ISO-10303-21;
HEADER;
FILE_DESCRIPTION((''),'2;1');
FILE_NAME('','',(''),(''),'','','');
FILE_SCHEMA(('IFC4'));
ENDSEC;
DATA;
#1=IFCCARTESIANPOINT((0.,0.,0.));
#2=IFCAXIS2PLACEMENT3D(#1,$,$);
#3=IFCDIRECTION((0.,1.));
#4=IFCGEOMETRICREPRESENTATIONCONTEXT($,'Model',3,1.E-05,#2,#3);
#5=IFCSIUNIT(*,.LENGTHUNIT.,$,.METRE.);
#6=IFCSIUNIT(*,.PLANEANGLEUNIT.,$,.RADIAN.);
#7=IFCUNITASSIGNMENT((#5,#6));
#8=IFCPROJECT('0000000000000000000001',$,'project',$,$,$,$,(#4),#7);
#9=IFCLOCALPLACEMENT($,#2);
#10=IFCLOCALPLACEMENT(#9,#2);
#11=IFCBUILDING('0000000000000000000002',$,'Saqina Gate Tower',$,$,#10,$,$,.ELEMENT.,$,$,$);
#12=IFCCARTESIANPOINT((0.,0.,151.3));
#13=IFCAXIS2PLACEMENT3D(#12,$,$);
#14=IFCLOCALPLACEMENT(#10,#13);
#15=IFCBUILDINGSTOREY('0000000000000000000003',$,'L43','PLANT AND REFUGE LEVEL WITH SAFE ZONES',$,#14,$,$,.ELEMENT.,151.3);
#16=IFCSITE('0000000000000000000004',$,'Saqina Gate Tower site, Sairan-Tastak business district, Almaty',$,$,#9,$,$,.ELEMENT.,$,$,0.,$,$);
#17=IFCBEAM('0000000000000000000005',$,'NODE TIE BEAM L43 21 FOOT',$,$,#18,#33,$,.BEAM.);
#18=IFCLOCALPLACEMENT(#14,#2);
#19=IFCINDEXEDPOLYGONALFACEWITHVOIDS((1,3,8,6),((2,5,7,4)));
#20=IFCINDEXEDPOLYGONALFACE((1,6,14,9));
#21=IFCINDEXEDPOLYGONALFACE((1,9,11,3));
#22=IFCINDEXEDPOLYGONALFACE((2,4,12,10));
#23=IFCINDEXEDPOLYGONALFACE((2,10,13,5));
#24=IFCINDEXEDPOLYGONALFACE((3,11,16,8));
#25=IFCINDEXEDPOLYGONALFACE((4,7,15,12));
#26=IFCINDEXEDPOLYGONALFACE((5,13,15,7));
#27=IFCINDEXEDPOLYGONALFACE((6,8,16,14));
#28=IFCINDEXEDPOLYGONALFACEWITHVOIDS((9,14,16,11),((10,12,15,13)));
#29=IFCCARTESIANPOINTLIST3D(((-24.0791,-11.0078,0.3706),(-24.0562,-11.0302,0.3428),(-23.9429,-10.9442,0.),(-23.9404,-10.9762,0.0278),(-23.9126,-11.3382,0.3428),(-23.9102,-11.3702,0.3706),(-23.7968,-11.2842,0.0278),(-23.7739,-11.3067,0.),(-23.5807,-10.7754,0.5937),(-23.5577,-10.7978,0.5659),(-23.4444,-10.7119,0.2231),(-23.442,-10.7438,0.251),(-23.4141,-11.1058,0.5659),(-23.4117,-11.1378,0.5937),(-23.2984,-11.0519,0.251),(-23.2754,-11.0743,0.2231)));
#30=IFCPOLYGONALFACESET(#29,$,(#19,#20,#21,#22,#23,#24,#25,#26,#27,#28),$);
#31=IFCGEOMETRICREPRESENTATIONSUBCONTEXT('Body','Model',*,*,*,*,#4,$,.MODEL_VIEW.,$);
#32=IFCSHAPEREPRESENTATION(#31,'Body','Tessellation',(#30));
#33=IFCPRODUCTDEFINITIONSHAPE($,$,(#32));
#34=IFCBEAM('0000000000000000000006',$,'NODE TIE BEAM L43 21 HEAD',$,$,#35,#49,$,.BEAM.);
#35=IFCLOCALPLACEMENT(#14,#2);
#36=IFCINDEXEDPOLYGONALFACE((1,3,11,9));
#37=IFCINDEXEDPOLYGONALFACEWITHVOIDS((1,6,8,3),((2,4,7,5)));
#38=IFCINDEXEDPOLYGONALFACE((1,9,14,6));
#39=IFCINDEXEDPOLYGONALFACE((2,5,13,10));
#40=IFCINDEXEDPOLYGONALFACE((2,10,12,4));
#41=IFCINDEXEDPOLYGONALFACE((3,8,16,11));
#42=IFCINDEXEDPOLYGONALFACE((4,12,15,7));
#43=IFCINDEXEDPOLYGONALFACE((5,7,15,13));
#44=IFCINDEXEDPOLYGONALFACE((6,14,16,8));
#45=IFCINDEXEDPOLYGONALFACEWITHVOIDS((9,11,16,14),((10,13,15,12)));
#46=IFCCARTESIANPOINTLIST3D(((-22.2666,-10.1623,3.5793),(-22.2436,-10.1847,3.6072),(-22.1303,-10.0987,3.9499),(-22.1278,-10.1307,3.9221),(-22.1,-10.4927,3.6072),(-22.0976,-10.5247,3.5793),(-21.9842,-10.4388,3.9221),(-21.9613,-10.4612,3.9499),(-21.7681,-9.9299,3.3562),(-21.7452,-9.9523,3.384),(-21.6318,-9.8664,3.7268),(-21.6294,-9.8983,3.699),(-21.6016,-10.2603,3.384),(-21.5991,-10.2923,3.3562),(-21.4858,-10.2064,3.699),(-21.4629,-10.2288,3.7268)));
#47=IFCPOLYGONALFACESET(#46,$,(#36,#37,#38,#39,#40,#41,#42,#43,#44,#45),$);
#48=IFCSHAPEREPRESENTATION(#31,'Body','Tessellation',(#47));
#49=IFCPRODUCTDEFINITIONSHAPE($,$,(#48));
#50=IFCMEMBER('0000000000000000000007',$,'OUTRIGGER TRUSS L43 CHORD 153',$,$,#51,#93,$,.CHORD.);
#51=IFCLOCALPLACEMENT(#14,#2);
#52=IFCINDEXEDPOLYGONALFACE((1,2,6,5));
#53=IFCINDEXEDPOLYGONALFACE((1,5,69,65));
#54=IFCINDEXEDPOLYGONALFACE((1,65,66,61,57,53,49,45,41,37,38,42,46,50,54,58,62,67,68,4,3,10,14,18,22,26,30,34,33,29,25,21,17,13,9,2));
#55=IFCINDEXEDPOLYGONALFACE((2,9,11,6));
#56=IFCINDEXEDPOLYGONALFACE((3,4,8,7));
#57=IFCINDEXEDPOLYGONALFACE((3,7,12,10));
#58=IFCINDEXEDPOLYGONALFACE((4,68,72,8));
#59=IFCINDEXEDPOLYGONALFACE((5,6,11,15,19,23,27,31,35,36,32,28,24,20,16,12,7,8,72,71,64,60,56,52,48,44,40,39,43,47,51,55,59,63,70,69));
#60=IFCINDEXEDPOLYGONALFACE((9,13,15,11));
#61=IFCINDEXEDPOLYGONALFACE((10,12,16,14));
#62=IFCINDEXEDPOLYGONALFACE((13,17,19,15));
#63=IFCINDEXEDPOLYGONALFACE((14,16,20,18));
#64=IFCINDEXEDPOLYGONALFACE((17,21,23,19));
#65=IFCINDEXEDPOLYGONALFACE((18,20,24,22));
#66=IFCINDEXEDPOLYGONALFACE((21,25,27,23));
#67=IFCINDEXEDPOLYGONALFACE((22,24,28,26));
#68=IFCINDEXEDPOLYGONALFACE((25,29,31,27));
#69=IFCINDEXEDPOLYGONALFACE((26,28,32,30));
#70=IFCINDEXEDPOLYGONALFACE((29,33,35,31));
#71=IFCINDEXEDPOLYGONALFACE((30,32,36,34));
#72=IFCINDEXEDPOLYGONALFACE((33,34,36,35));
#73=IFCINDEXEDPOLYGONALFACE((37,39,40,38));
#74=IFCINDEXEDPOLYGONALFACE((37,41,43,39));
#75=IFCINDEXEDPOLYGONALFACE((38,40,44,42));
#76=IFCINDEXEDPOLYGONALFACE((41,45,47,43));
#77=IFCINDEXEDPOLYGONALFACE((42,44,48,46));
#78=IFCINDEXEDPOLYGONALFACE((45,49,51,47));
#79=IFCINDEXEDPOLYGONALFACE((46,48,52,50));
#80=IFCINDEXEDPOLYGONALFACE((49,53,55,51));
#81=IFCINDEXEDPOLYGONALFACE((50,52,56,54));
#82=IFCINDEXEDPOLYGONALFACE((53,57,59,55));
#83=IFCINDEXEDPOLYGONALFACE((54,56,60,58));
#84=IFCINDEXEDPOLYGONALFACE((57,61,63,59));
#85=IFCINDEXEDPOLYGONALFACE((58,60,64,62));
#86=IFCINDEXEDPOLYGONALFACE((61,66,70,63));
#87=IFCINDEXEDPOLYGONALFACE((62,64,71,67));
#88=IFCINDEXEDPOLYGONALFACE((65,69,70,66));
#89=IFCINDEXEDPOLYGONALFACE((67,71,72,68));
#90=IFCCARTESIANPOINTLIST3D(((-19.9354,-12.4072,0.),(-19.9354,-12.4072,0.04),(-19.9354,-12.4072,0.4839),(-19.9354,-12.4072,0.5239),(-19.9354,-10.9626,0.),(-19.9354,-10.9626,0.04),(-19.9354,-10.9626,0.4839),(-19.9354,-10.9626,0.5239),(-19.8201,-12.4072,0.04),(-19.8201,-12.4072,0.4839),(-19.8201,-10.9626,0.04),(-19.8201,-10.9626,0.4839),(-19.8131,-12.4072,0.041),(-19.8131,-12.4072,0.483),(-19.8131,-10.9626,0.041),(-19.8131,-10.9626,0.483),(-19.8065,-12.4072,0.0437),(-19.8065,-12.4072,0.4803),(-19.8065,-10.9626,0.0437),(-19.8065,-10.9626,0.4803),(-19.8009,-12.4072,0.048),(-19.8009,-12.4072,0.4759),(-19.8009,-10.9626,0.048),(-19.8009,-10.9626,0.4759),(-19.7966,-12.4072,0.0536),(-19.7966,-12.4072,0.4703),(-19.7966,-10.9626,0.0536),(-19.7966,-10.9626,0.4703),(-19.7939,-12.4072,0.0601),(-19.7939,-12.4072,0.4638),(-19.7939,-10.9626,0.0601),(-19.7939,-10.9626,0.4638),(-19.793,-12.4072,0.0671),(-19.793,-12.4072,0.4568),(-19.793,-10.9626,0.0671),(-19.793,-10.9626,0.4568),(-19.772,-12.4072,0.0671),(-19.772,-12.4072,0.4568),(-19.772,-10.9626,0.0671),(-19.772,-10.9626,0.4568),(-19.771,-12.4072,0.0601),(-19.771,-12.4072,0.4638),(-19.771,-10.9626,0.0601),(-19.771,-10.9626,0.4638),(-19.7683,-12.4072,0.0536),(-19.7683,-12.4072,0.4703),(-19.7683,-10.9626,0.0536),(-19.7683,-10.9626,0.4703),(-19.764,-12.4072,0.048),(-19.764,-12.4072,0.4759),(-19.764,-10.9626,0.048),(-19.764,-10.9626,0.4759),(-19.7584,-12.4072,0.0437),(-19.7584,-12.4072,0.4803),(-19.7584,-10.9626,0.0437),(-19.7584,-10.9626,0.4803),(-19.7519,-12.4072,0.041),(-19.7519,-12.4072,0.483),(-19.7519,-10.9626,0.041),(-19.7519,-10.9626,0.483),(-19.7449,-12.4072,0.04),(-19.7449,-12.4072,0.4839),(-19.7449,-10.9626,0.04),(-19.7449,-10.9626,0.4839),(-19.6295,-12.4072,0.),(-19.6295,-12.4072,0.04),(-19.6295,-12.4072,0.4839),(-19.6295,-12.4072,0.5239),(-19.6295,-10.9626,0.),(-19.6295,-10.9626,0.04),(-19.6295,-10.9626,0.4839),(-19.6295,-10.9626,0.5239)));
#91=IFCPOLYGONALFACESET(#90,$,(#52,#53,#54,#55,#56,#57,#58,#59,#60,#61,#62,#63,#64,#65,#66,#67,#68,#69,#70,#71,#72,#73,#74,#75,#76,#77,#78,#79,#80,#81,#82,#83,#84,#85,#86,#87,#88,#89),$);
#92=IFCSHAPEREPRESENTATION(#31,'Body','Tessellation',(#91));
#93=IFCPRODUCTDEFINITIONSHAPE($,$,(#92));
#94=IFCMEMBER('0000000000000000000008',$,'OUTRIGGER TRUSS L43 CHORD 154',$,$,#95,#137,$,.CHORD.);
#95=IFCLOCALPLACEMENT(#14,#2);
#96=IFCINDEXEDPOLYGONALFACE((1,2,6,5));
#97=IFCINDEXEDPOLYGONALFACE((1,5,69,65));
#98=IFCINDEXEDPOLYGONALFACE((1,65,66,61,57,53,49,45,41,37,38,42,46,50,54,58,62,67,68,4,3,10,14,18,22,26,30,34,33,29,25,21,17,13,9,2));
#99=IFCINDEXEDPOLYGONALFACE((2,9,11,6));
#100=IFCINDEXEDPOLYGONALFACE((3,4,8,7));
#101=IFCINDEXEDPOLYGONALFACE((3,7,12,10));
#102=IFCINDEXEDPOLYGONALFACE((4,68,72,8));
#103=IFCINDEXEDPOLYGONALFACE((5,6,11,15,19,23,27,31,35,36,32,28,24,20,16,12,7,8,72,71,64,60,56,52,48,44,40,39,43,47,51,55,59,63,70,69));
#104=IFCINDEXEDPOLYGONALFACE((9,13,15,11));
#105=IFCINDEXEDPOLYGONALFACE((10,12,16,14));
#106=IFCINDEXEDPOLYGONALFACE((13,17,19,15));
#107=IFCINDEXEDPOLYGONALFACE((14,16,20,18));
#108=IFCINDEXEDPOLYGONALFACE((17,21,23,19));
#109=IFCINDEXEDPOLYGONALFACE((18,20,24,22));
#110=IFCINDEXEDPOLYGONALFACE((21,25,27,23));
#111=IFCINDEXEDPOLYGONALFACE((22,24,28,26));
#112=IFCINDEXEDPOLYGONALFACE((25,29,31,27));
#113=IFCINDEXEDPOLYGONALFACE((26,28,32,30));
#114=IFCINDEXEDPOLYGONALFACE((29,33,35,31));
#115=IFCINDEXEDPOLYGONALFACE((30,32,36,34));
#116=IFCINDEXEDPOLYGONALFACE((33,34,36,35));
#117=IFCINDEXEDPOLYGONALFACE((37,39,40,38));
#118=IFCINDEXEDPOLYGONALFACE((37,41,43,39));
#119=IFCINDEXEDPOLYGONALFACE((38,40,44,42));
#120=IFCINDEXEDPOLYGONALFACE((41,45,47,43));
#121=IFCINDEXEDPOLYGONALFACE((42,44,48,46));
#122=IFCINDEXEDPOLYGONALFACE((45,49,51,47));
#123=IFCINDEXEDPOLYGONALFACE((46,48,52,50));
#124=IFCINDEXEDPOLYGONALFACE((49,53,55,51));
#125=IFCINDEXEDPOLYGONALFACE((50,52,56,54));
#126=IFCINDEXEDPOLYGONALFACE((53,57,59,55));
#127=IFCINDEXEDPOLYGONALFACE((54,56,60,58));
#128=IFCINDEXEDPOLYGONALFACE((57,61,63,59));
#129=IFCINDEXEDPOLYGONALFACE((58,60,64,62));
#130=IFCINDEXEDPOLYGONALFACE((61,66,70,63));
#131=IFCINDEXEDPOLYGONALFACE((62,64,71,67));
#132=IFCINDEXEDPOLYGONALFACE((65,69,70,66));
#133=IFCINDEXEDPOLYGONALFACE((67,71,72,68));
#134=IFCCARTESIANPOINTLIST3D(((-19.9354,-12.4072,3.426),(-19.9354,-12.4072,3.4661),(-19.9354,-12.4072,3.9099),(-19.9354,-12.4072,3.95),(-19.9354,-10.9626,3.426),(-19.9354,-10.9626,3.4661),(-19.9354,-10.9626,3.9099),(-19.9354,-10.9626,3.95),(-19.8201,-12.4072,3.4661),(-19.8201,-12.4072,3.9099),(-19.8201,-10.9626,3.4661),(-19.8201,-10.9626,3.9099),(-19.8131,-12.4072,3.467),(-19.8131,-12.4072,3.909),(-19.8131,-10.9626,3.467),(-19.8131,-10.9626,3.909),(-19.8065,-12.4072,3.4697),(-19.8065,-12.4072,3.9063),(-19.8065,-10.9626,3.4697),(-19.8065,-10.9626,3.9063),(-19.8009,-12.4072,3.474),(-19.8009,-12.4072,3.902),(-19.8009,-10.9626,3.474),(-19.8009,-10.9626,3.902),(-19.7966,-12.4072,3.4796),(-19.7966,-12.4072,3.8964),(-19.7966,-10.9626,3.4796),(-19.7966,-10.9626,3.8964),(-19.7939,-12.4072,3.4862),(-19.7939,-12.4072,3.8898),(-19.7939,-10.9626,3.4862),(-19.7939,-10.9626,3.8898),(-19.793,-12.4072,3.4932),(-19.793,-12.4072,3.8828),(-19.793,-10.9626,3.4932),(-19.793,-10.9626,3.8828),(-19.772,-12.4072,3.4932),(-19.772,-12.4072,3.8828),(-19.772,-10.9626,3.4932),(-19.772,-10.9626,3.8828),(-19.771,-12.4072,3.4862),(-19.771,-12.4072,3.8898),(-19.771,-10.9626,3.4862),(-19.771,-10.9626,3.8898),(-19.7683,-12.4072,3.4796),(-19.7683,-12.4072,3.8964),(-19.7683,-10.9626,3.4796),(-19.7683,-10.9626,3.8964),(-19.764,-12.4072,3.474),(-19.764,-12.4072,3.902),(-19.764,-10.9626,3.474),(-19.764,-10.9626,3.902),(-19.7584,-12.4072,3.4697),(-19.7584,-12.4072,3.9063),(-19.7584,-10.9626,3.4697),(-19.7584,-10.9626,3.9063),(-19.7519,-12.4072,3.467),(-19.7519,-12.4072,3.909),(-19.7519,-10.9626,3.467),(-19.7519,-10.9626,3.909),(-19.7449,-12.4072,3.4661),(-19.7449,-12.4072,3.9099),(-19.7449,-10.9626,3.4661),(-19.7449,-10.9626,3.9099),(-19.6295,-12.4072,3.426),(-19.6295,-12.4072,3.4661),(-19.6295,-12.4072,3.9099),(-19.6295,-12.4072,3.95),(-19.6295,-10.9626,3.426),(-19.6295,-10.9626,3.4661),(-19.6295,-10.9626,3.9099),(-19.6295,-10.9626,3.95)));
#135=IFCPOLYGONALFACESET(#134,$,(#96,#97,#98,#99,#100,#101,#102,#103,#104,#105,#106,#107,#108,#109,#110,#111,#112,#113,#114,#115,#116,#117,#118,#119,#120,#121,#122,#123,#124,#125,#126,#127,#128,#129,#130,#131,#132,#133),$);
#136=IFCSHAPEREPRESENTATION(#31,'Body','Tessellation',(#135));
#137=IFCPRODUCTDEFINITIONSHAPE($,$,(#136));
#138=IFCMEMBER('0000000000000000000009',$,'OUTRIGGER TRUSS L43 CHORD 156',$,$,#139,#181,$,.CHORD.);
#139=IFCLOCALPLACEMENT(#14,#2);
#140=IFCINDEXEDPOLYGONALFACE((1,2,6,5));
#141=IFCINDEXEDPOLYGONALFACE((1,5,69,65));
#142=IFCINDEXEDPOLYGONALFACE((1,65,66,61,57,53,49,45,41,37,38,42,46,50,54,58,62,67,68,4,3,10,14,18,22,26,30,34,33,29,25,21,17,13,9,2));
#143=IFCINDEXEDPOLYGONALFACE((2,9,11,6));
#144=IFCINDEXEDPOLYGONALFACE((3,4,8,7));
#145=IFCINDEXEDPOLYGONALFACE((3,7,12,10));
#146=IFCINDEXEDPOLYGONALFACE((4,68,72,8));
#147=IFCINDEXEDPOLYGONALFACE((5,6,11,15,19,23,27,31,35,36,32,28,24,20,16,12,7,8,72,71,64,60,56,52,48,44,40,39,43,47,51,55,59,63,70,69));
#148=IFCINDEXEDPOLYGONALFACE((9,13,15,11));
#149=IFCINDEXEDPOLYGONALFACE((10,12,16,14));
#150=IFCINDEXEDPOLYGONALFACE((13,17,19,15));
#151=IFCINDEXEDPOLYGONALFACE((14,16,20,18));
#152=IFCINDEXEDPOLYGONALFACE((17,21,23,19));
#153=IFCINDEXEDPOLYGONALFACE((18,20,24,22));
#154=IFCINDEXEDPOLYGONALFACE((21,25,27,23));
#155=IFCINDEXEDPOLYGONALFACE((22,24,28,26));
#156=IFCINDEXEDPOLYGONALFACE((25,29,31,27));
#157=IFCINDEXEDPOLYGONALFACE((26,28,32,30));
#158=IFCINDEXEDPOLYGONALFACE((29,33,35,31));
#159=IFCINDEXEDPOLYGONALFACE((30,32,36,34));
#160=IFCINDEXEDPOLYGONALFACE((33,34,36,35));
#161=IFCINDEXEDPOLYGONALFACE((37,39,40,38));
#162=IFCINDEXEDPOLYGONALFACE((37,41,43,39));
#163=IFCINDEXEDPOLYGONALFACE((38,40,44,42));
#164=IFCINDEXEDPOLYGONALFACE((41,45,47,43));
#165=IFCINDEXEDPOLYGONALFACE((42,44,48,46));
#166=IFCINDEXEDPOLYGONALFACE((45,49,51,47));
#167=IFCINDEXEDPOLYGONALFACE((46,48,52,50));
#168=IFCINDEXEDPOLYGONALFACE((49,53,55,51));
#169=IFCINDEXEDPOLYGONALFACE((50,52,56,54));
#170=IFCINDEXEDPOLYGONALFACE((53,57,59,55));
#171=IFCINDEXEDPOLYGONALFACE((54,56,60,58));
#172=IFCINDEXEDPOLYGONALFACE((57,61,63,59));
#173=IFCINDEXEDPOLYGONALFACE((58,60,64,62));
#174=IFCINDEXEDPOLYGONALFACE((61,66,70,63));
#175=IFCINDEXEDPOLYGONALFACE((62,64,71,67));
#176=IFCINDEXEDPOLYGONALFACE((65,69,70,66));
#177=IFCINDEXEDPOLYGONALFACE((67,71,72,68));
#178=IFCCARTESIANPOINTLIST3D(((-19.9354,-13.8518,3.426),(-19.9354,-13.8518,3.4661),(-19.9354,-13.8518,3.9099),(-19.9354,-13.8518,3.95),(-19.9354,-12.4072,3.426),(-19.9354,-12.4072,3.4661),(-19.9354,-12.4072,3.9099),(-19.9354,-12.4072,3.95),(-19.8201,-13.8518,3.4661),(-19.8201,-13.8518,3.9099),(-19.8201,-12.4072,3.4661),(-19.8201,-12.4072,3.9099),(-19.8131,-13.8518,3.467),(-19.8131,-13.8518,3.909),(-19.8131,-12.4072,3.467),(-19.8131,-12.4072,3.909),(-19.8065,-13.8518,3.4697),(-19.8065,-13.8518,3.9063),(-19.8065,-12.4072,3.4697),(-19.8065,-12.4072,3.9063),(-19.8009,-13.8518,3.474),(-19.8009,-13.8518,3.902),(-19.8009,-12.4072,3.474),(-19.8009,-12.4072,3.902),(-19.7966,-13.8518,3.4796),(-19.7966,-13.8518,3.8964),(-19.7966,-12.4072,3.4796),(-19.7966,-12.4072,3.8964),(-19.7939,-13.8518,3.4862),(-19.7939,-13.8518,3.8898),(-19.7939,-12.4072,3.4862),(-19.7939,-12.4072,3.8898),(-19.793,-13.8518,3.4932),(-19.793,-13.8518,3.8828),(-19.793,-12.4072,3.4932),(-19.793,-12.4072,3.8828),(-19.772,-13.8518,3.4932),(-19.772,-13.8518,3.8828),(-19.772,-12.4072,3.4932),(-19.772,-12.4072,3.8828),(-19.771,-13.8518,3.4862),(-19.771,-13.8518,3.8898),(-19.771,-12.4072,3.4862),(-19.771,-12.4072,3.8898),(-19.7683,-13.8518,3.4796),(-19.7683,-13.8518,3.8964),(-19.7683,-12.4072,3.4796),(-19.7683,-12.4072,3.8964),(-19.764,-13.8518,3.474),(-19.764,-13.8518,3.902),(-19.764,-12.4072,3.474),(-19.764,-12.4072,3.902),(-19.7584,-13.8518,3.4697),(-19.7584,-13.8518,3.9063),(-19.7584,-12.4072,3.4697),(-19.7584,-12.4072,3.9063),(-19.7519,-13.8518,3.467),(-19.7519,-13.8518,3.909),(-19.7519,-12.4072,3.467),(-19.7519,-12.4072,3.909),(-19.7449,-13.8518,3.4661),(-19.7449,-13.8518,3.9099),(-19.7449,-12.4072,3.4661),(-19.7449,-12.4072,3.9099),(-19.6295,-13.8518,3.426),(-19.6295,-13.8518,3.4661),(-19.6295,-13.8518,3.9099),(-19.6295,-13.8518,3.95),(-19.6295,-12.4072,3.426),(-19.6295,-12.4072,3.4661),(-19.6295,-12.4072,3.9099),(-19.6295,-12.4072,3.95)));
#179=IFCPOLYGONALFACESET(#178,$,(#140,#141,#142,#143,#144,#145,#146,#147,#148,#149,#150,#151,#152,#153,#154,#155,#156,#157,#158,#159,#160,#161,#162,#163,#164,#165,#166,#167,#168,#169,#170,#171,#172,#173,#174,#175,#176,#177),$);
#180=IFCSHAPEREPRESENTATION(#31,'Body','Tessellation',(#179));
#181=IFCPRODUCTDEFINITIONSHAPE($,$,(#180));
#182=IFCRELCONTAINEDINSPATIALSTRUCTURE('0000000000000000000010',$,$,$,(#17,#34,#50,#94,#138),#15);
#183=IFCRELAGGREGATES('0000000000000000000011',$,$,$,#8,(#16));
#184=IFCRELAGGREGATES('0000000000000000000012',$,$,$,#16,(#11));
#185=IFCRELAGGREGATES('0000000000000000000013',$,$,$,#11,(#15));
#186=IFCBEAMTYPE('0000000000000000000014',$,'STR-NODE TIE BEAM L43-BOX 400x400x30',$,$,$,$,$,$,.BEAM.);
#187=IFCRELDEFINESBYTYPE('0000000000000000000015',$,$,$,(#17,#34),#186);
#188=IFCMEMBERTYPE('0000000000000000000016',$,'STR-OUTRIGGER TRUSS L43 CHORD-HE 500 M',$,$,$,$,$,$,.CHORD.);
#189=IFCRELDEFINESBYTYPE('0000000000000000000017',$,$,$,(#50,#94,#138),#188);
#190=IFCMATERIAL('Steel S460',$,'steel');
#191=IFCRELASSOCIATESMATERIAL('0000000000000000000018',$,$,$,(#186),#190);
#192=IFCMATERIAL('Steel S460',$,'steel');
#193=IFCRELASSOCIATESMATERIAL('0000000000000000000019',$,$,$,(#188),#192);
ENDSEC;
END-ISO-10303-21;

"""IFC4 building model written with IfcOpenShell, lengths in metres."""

from ifc_helpers import new_model, si_unit, direction, frame, origin, origin_2d, place, context, subcontext, project, spatial, hollow_rectangle, i_section, extrude, material, material_profile, profile_set, type_object, element, save


model = new_model("IFC4")

# Units and contexts
model_context = context("Model", 3, precision=1e-05, world=origin(), true_north=direction((0.0, 1.0)))
body_context = subcontext(model_context, "Body", "Model", "MODEL_VIEW")
ifc_project = project(units=[si_unit("LENGTHUNIT", "METRE"), si_unit("PLANEANGLEUNIT", "RADIAN")], contexts=[model_context])

# Site, building, storey
site_placement = place(None, origin())
site = spatial("IfcSite", under=ifc_project, at=site_placement, Name="Saqina Gate Tower site, Sairan-Tastak business district, Almaty", CompositionType="ELEMENT", RefElevation=0.0)
building_placement = place(site_placement, origin())
building = spatial("IfcBuilding", under=site, at=building_placement, Name="Saqina Gate Tower", CompositionType="ELEMENT")
storey_placement = place(building_placement, frame((0.0, 0.0, 151.3)))
storey = spatial("IfcBuildingStorey", under=building, at=storey_placement, Name="L43", Description="PLANT AND REFUGE LEVEL WITH SAFE ZONES", CompositionType="ELEMENT", Elevation=151.3)

# Beams
ifc_material_1 = material(Name="Steel S460", Category="steel")
ifc_material_profile_1 = material_profile(ifc_material_1, hollow_rectangle(XDim=0.3999, YDim=0.3999, WallThickness=0.03, at=origin_2d()), Name="BOX 400x400x30")
ifc_profile_set_1 = profile_set([ifc_material_profile_1], Name="Steel S460")
beam_type = type_object("IfcBeamType", Name="STR-NODE TIE BEAM L43-BOX 400x400x30", PredefinedType="BEAM", material=ifc_profile_set_1)
for number, where, z_axis, x_axis, name in (
    (1, (-23.9265, -11.1572, 0.1853), (0.839863, 0.391552, 0.375923), (-0.422545, 0.906342, 0.0), "NODE TIE BEAM L43 21 FOOT"),
    (2, (-21.6155, -10.0793, 3.5415), (-0.839863, -0.391552, 0.375923), (0.422545, -0.906342, 0.0), "NODE TIE BEAM L43 21 HEAD"),
):
    element("IfcBeam", number, at=place(storey_placement, frame(where, z_axis=z_axis, x_axis=x_axis)), inside=storey, type_object=beam_type, Name=name, PredefinedType="BEAM", context=body_context, shape_type="SweptSolid", body=[
        extrude(hollow_rectangle(XDim=0.3999, YDim=0.3999, WallThickness=0.03, at=origin_2d()), origin(), (0.0, 0.0, 1.0), 0.5935),
    ])

# Members
ifc_material_2 = material(Name="Steel S460", Category="steel")
ifc_material_profile_2 = material_profile(ifc_material_2, i_section(OverallWidth=0.3059, OverallDepth=0.5239, WebThickness=0.021, FlangeThickness=0.04, FilletRadius=0.0271, at=origin_2d()), Name="HE 500 M")
ifc_profile_set_2 = profile_set([ifc_material_profile_2], Name="Steel S460")
member_type_1 = type_object("IfcMemberType", Name="STR-OUTRIGGER TRUSS L43 CHORD-HE 500 M", PredefinedType="CHORD", material=ifc_profile_set_2)
for number, where, z_axis, x_axis, name in (
    (3, (-19.7825, -10.9626, 0.262), (0.0, -1.0, 0.0), (1.0, 0.0, 0.0), "OUTRIGGER TRUSS L43 CHORD 153"),
    (4, (-19.7825, -10.9626, 3.688), (0.0, -1.0, 0.0), (1.0, 0.0, 0.0), "OUTRIGGER TRUSS L43 CHORD 154"),
    (5, (-19.7825, -12.4072, 3.688), (0.0, -1.0, 0.0), (1.0, 0.0, 0.0), "OUTRIGGER TRUSS L43 CHORD 156"),
):
    element("IfcMember", number, at=place(storey_placement, frame(where, z_axis=z_axis, x_axis=x_axis)), inside=storey, type_object=member_type_1, Name=name, PredefinedType="CHORD", context=body_context, shape_type="SweptSolid", body=[
        extrude(i_section(OverallWidth=0.3059, OverallDepth=0.5239, WebThickness=0.021, FlangeThickness=0.04, FilletRadius=0.0271, at=origin_2d()), origin(), (0.0, 0.0, 1.0), 1.4446),
    ])

save(model, "model.ifc")
